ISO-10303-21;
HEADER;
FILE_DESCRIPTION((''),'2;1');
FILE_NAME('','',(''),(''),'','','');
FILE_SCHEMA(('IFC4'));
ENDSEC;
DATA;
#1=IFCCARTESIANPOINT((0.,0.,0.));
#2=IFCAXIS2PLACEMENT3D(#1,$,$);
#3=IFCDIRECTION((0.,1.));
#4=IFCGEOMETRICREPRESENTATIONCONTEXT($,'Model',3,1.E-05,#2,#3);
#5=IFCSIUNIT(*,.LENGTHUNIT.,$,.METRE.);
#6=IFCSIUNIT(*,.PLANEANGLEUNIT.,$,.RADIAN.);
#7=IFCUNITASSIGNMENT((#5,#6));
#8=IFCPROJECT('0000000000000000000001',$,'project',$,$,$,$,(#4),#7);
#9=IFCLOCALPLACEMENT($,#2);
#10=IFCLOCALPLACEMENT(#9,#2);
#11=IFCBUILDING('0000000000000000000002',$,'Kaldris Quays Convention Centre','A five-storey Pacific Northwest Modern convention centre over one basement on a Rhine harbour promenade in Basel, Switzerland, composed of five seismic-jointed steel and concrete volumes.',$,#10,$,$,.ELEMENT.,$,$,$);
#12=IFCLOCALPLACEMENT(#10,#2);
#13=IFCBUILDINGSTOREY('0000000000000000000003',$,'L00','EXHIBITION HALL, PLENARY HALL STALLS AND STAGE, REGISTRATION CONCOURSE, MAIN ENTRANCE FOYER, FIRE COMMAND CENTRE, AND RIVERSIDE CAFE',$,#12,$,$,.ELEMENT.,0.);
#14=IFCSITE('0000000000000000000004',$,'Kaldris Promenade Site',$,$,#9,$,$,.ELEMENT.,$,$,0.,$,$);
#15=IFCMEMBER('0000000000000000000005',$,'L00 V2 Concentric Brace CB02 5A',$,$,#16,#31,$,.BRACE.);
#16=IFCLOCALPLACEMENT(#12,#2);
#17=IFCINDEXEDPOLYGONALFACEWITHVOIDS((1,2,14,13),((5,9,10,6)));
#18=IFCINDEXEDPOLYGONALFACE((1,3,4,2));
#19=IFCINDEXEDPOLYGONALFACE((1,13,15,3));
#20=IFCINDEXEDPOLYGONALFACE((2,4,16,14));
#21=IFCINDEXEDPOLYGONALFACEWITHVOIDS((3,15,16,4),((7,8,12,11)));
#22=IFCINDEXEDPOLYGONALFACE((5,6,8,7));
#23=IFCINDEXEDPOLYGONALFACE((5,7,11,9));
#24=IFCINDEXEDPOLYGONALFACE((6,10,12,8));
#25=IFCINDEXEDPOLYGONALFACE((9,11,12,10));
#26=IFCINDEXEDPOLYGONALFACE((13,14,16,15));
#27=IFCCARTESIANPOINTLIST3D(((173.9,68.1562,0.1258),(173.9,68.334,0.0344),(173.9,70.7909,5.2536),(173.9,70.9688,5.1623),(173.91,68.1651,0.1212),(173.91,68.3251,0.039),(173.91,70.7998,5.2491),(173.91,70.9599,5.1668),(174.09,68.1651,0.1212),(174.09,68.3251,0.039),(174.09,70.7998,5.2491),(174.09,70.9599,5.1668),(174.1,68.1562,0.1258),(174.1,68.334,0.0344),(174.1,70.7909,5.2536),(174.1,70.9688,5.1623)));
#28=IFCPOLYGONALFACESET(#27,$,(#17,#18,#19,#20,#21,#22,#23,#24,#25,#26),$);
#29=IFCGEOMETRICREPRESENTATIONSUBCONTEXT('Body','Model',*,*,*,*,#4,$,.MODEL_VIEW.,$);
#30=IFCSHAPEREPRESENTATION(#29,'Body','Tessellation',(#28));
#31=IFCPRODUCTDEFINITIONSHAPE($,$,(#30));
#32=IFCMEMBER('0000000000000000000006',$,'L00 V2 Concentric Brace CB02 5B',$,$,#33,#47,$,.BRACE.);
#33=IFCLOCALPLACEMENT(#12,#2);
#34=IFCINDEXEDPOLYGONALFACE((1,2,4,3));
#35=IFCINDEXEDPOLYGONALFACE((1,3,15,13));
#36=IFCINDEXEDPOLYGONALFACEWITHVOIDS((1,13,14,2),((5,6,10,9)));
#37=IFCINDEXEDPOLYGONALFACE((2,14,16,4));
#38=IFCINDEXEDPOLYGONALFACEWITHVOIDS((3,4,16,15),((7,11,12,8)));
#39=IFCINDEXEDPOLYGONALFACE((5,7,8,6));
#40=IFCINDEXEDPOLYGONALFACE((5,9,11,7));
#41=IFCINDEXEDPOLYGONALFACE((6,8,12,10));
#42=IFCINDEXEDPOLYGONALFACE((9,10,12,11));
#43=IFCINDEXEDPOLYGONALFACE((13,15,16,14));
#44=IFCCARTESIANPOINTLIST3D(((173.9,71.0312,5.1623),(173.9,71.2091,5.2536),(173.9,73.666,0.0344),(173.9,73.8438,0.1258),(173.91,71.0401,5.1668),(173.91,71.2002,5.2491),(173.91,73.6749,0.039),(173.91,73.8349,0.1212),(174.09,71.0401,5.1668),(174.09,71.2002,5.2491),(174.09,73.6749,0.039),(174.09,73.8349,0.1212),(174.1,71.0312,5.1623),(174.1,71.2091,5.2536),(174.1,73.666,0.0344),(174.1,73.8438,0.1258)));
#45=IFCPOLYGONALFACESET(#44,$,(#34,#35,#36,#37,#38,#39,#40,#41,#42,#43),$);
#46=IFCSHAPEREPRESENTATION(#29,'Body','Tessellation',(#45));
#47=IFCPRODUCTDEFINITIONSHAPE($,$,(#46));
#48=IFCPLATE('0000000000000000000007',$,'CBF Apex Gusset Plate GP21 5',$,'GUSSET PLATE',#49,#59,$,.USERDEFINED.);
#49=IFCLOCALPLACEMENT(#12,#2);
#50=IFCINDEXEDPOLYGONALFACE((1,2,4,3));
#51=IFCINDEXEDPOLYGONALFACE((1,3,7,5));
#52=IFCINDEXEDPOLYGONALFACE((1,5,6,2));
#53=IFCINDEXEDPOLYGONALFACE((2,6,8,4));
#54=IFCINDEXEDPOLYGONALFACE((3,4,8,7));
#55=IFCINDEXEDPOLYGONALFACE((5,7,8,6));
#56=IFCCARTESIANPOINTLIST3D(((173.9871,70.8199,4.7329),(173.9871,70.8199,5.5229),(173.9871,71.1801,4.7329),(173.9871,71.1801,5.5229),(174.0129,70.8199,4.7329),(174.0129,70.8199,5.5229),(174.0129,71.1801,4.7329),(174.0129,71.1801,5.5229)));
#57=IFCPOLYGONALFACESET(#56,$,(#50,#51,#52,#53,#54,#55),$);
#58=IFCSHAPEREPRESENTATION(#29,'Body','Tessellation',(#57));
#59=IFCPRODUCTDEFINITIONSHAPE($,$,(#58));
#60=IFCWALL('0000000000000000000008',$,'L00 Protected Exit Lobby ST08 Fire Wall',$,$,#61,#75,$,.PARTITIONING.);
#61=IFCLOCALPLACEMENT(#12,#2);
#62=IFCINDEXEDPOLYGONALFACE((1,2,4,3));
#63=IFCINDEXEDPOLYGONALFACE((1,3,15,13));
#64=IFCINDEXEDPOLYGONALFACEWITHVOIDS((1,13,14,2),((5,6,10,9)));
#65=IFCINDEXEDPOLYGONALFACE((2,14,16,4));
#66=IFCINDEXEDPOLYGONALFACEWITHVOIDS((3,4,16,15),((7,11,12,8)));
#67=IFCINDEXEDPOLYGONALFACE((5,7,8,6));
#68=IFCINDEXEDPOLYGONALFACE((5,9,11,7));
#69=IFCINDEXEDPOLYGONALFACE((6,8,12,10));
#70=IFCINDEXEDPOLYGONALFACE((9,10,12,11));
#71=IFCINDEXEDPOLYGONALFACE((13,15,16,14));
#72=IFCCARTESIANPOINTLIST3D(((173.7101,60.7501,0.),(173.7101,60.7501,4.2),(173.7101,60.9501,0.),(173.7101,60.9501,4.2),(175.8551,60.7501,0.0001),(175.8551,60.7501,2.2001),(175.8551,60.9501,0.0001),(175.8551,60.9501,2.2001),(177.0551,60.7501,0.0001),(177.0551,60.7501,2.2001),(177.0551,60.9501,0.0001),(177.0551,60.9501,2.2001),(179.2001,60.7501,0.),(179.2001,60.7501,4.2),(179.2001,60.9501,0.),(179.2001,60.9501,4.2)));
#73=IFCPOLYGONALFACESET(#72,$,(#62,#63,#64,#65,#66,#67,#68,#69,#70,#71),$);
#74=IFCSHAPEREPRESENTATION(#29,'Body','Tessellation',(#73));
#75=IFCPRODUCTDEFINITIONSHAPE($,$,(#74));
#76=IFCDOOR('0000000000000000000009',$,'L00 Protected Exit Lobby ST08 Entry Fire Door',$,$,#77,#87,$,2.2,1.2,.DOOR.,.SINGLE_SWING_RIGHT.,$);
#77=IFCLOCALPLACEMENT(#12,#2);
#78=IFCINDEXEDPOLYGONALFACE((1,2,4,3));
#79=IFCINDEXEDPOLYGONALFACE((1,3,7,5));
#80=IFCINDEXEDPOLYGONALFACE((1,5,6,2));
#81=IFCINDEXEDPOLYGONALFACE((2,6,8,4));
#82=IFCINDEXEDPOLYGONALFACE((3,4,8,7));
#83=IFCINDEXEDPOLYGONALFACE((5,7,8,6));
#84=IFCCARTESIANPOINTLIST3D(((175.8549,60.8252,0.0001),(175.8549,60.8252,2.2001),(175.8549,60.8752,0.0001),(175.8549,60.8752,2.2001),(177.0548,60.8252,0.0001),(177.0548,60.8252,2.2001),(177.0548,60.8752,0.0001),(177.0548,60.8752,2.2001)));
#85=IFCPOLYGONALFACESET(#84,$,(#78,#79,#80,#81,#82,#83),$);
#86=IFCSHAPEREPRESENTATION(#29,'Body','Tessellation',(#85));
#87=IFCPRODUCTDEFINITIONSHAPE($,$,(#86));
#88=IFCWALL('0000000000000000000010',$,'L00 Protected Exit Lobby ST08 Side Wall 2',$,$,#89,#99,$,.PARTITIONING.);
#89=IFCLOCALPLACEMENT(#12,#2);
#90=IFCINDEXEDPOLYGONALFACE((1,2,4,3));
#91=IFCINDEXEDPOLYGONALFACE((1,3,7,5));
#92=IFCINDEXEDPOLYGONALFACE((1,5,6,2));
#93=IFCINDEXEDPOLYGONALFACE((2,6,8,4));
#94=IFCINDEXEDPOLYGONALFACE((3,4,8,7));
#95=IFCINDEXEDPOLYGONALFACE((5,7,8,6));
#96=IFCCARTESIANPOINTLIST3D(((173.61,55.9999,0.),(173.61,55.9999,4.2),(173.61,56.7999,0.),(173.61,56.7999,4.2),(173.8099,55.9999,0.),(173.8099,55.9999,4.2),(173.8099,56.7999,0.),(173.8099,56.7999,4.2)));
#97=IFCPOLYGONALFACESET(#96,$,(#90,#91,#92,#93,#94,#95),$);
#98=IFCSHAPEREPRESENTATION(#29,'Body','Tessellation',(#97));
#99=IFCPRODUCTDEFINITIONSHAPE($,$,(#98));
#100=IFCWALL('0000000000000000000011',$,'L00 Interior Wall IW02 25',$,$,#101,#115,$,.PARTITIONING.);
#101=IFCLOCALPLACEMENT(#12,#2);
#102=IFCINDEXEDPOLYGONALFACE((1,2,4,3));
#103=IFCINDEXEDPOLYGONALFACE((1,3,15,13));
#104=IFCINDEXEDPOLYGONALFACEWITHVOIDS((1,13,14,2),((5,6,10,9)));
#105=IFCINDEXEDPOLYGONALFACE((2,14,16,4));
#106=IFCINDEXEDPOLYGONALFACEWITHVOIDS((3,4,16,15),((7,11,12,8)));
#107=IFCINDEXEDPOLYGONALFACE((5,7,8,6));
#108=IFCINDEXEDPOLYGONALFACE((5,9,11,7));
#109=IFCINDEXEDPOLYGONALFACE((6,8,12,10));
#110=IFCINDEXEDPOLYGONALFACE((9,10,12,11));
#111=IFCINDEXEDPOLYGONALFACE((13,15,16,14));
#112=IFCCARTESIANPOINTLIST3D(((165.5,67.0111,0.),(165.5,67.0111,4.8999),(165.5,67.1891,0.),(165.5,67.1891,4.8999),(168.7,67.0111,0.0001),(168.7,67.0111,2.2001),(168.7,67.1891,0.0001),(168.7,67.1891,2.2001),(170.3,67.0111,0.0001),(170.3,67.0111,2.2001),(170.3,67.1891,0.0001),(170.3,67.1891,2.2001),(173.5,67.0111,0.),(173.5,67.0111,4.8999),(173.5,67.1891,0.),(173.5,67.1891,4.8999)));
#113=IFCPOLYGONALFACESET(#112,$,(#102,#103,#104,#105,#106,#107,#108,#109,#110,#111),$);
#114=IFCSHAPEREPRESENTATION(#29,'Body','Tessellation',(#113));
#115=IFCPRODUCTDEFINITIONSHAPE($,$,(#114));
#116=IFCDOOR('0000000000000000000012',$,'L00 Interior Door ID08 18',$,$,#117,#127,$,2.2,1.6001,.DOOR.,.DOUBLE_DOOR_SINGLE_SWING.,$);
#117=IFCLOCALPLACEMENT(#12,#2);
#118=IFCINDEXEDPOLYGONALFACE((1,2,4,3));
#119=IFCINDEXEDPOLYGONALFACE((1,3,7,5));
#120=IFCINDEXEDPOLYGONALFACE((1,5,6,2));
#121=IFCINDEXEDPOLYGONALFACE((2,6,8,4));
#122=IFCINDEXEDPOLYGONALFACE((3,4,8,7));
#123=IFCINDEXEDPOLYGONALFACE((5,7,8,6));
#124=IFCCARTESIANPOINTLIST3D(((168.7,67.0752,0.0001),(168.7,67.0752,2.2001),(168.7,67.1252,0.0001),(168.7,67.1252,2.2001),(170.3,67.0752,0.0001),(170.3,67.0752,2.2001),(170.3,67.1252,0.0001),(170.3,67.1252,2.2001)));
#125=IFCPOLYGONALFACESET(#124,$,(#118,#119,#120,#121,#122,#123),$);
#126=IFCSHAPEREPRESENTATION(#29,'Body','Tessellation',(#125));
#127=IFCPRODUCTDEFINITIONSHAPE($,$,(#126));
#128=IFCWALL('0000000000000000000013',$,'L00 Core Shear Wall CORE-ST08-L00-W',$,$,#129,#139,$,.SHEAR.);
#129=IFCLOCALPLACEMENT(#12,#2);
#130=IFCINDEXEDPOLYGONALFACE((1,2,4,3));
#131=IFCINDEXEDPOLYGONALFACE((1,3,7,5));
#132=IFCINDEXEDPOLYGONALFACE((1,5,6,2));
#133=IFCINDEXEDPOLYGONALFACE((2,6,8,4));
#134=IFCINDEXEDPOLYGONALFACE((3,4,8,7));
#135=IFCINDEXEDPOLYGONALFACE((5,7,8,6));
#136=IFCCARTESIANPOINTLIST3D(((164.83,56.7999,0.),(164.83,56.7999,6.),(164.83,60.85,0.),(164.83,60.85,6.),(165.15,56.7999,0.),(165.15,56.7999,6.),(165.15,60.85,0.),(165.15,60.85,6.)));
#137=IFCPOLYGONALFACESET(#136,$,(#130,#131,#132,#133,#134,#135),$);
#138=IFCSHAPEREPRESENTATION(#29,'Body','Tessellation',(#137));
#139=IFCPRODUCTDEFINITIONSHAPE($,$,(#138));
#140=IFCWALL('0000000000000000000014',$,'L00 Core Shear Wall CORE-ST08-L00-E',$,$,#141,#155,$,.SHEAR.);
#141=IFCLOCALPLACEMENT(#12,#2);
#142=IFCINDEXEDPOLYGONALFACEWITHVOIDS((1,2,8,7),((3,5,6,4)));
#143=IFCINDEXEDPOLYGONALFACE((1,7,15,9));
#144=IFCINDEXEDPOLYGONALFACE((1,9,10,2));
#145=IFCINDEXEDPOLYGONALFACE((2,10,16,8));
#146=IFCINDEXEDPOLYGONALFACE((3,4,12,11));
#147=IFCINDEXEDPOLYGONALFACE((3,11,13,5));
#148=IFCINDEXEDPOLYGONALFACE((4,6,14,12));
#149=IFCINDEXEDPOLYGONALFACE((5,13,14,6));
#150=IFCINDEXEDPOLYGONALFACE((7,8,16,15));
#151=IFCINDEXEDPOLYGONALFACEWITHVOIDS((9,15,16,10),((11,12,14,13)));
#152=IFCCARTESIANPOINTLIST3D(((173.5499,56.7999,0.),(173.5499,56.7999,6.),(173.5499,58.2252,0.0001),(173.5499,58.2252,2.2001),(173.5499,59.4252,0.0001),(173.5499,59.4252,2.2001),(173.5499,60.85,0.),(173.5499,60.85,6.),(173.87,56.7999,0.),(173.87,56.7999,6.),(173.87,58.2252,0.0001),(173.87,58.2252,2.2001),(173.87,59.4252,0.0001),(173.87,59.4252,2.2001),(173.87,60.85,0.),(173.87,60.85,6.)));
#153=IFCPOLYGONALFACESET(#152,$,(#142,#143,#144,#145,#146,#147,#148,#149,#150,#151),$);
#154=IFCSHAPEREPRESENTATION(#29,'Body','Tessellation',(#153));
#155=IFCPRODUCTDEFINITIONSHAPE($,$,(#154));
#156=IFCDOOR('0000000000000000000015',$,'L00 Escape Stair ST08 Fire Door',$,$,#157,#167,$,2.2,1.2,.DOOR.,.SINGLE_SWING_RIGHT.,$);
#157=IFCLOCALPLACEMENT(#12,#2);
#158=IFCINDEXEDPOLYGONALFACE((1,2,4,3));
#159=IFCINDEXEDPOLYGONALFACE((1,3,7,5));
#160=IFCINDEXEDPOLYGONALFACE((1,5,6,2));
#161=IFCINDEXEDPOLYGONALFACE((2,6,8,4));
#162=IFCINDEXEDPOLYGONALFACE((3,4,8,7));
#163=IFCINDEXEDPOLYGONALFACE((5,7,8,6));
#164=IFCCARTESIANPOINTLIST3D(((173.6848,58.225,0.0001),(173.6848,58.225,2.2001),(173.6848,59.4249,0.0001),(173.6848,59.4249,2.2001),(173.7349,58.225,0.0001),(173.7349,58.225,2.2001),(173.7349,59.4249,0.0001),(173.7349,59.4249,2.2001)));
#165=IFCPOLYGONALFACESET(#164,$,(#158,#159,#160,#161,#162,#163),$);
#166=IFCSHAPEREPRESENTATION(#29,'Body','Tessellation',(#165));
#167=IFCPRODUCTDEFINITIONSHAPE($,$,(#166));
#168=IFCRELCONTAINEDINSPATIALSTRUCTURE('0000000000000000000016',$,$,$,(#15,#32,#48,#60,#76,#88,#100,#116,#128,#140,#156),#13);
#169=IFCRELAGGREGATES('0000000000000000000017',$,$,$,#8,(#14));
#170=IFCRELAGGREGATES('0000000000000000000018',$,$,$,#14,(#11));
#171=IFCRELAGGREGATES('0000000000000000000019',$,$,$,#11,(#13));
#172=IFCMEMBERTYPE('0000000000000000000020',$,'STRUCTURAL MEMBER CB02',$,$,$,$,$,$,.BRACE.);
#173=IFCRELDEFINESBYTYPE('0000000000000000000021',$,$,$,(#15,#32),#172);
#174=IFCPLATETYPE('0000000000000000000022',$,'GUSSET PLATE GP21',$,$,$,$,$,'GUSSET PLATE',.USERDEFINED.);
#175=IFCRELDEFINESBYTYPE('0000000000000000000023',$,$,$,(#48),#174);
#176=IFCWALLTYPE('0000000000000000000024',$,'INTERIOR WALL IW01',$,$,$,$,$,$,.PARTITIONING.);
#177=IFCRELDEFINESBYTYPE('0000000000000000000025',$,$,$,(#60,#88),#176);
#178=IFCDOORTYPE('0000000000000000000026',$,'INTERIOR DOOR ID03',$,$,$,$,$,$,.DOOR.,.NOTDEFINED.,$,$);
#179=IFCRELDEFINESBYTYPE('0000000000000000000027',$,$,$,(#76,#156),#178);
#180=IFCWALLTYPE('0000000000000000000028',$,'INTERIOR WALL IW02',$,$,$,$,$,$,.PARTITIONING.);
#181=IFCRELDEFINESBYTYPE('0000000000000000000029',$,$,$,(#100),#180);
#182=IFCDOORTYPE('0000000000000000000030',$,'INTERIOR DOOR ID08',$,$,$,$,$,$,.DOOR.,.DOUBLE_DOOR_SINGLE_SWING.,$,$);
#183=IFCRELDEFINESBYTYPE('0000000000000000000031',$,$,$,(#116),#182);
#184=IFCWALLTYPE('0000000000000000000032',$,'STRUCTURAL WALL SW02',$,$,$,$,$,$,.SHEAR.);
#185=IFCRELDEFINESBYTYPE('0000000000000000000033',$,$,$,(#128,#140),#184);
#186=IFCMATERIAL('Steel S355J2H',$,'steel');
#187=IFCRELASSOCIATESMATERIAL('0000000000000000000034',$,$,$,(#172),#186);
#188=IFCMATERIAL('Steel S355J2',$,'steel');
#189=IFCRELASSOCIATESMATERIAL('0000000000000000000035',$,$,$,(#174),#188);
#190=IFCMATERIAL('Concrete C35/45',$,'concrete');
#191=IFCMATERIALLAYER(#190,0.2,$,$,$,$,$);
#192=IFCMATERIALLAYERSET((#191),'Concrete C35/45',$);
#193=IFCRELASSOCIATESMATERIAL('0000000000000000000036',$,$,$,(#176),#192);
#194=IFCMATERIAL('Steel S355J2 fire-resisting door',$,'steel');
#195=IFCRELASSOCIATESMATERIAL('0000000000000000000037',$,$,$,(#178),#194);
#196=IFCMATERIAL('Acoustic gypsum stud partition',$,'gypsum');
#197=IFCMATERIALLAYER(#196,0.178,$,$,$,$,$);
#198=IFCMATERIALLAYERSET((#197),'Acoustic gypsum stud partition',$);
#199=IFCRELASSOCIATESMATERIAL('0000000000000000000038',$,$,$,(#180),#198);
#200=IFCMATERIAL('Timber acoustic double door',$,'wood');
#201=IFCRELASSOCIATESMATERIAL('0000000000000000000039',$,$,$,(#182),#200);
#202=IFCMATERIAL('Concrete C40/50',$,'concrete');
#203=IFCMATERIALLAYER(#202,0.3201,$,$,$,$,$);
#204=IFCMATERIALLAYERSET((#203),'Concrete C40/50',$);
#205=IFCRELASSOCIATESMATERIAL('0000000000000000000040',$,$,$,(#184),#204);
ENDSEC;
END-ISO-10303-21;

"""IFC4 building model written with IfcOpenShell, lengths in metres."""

from ifc_helpers import new_model, si_unit, direction, frame, frame_2d, origin, origin_2d, place, context, subcontext, project, spatial, rectangle, hollow_rectangle, extrude, material, layer, layer_set, material_profile, profile_set, type_object, element, fill, save


model = new_model("IFC4")

# Units and contexts
model_context = context("Model", 3, precision=1e-05, world=origin(), true_north=direction((0.0, 1.0)))
body_context = subcontext(model_context, "Body", "Model", "MODEL_VIEW")
ifc_project = project(units=[si_unit("LENGTHUNIT", "METRE"), si_unit("PLANEANGLEUNIT", "RADIAN")], contexts=[model_context])

# Site, building, storey
site_placement = place(None, origin())
site = spatial("IfcSite", under=ifc_project, at=site_placement, Name="Kaldris Promenade Site", CompositionType="ELEMENT", RefElevation=0.0)
building_placement = place(site_placement, origin())
building = spatial("IfcBuilding", under=site, at=building_placement, Name="Kaldris Quays Convention Centre", Description="A five-storey Pacific Northwest Modern convention centre over one basement on a Rhine harbour promenade in Basel, Switzerland, composed of five seismic-jointed steel and concrete volumes.", CompositionType="ELEMENT")
storey_placement = place(building_placement, origin())
storey = spatial("IfcBuildingStorey", under=building, at=storey_placement, Name="L00", Description="EXHIBITION HALL, PLENARY HALL STALLS AND STAGE, REGISTRATION CONCOURSE, MAIN ENTRANCE FOYER, FIRE COMMAND CENTRE, AND RIVERSIDE CAFE", CompositionType="ELEMENT", Elevation=0.0)

# Shared definitions
ifc_material_1 = material(Name="Steel S355J2", Category="steel")

# Members
ifc_material_2 = material(Name="Steel S355J2H", Category="steel")
ifc_material_profile_1 = material_profile(ifc_material_2, hollow_rectangle(XDim=0.2, YDim=0.2, WallThickness=0.01, at=origin_2d()), Name="SHS 200x200x10")
ifc_profile_set_1 = profile_set([ifc_material_profile_1], Name="Steel S355J2H")
member_type = type_object("IfcMemberType", Name="STRUCTURAL MEMBER CB02", PredefinedType="BRACE", material=ifc_profile_set_1)
for number, where, z_axis, x_axis, name in (
    (1, (174.0, 68.2451, 0.0801), (0.0, 0.457011, 0.889461), (-1.0, 0.0, 0.0), "L00 V2 Concentric Brace CB02 5A"),
    (2, (174.0, 73.7549, 0.0801), (0.0, -0.457011, 0.889461), (1.0, 0.0, 0.0), "L00 V2 Concentric Brace CB02 5B"),
):
    element("IfcMember", number, at=place(storey_placement, frame(where, z_axis=z_axis, x_axis=x_axis)), inside=storey, type_object=member_type, Name=name, PredefinedType="BRACE", context=body_context, shape_type="SweptSolid", body=[
        extrude(hollow_rectangle(XDim=0.2, YDim=0.2, WallThickness=0.01, at=origin_2d()), origin(), (0.0, 0.0, 1.0), 5.7651),
    ])

# Plate
plate_type = type_object("IfcPlateType", Name="GUSSET PLATE GP21", ElementType="GUSSET PLATE", PredefinedType="USERDEFINED", material=ifc_material_1)
plate_placement = place(storey_placement, frame((174.0, 71.0, 4.7329), z_axis=(0.0, 0.0, 1.0), x_axis=(1.0, 0.0, 0.0)))
element("IfcPlate", 3, at=plate_placement, inside=storey, type_object=plate_type, Name="CBF Apex Gusset Plate GP21 5", ObjectType="GUSSET PLATE", PredefinedType="USERDEFINED", context=body_context, shape_type="SweptSolid", body=[
    extrude(rectangle(XDim=0.0259, YDim=0.3601, at=origin_2d()), origin(), (0.0, 0.0, 1.0), 0.79),
])

# Wall, opening, door
ifc_material_3 = material(Name="Concrete C35/45", Category="concrete")
ifc_layer_1 = layer(ifc_material_3, 0.2)
ifc_layer_set_1 = layer_set([ifc_layer_1], Name="Concrete C35/45")
wall_type_1 = type_object("IfcWallType", Name="INTERIOR WALL IW01", PredefinedType="PARTITIONING", material=ifc_layer_set_1)
wall_1_placement = place(storey_placement, frame((173.71, 60.8501, 0.0), z_axis=(0.0, 0.0, 1.0), x_axis=(1.0, 0.0, 0.0)))
wall_1 = element("IfcWall", 4, at=wall_1_placement, inside=storey, type_object=wall_type_1, Name="L00 Protected Exit Lobby ST08 Fire Wall", PredefinedType="PARTITIONING", context=body_context, shape_type="SweptSolid", body=[
    extrude(rectangle(XDim=5.49, YDim=0.2, at=frame_2d((2.7451, 0.0))), origin(), (0.0, 0.0, 1.0), 4.2),
])
opening_1_placement = place(wall_1_placement, frame((2.145, 0.0, 0.0)))
opening_1 = element("IfcOpeningElement", 5, at=opening_1_placement, cuts=wall_1, PredefinedType="OPENING", context=body_context, shape_type="SweptSolid", body=[
    extrude(rectangle(XDim=1.2, YDim=2.2, at=frame_2d((0.6001, 1.1001))), frame((0.0, 0.1099, 0.0), z_axis=(0.0, -1.0, 0.0), x_axis=(1.0, 0.0, 0.0)), (0.0, 0.0, 1.0), 0.22),
])
ifc_material_4 = material(Name="Steel S355J2 fire-resisting door", Category="steel")
door_type_1 = type_object("IfcDoorType", Name="INTERIOR DOOR ID03", OperationType="NOTDEFINED", PredefinedType="DOOR", material=ifc_material_4)
door_1_placement = place(opening_1_placement, frame((1.2, 0.0, 0.0), z_axis=(0.0, 0.0, 1.0), x_axis=(-1.0, 0.0, 0.0)))
door_1 = element("IfcDoor", 6, at=door_1_placement, inside=storey, type_object=door_type_1, Name="L00 Protected Exit Lobby ST08 Entry Fire Door", OperationType="SINGLE_SWING_RIGHT", OverallHeight=2.2, OverallWidth=1.2, PredefinedType="DOOR", context=body_context, shape_type="SweptSolid", body=[
    extrude(rectangle(XDim=1.2, YDim=2.2, at=frame_2d((0.6001, 1.1001))), frame((0.0, 0.0249, 0.0), z_axis=(0.0, -1.0, 0.0), x_axis=(1.0, 0.0, 0.0)), (0.0, 0.0, 1.0), 0.05),
])
fill(opening_1, door_1)

# Wall
wall_2_placement = place(storey_placement, frame((173.71, 56.0, 0.0), z_axis=(0.0, 0.0, 1.0), x_axis=(0.0, 1.0, 0.0)))
element("IfcWall", 7, at=wall_2_placement, inside=storey, type_object=wall_type_1, Name="L00 Protected Exit Lobby ST08 Side Wall 2", PredefinedType="PARTITIONING", context=body_context, shape_type="SweptSolid", body=[
    extrude(rectangle(XDim=0.8, YDim=0.2, at=frame_2d((0.3999, 0.0))), origin(), (0.0, 0.0, 1.0), 4.2),
])

# Wall, opening, door
ifc_material_5 = material(Name="Acoustic gypsum stud partition", Category="gypsum")
ifc_layer_2 = layer(ifc_material_5, 0.178)
ifc_layer_set_2 = layer_set([ifc_layer_2], Name="Acoustic gypsum stud partition")
wall_type_2 = type_object("IfcWallType", Name="INTERIOR WALL IW02", PredefinedType="PARTITIONING", material=ifc_layer_set_2)
wall_3_placement = place(storey_placement, frame((165.5, 67.1001, 0.0), z_axis=(0.0, 0.0, 1.0), x_axis=(1.0, 0.0, 0.0)))
wall_3 = element("IfcWall", 8, at=wall_3_placement, inside=storey, type_object=wall_type_2, Name="L00 Interior Wall IW02 25", PredefinedType="PARTITIONING", context=body_context, shape_type="SweptSolid", body=[
    extrude(rectangle(XDim=8.0, YDim=0.178, at=frame_2d((4.0, 0.0))), origin(), (0.0, 0.0, 1.0), 4.8999),
])
opening_2_placement = place(wall_3_placement, frame((3.2, 0.0, 0.0)))
opening_2 = element("IfcOpeningElement", 9, at=opening_2_placement, cuts=wall_3, PredefinedType="OPENING", context=body_context, shape_type="SweptSolid", body=[
    extrude(rectangle(XDim=1.6001, YDim=2.2, at=frame_2d((0.8, 1.1001))), frame((0.0, 0.0991, 0.0), z_axis=(0.0, -1.0, 0.0), x_axis=(1.0, 0.0, 0.0)), (0.0, 0.0, 1.0), 0.198),
])
ifc_material_6 = material(Name="Timber acoustic double door", Category="wood")
door_type_2 = type_object("IfcDoorType", Name="INTERIOR DOOR ID08", OperationType="DOUBLE_DOOR_SINGLE_SWING", PredefinedType="DOOR", material=ifc_material_6)
door_2_placement = place(opening_2_placement, frame((1.6001, 0.0, 0.0), z_axis=(0.0, 0.0, 1.0), x_axis=(-1.0, 0.0, 0.0)))
door_2 = element("IfcDoor", 10, at=door_2_placement, inside=storey, type_object=door_type_2, Name="L00 Interior Door ID08 18", OperationType="DOUBLE_DOOR_SINGLE_SWING", OverallHeight=2.2, OverallWidth=1.6001, PredefinedType="DOOR", context=body_context, shape_type="SweptSolid", body=[
    extrude(rectangle(XDim=1.6001, YDim=2.2, at=frame_2d((0.8, 1.1001))), frame((0.0, 0.0249, 0.0), z_axis=(0.0, -1.0, 0.0), x_axis=(1.0, 0.0, 0.0)), (0.0, 0.0, 1.0), 0.05),
])
fill(opening_2, door_2)

# Wall
ifc_material_7 = material(Name="Concrete C40/50", Category="concrete")
ifc_layer_3 = layer(ifc_material_7, 0.3201)
ifc_layer_set_3 = layer_set([ifc_layer_3], Name="Concrete C40/50")
wall_type_3 = type_object("IfcWallType", Name="STRUCTURAL WALL SW02", PredefinedType="SHEAR", material=ifc_layer_set_3)
wall_4_placement = place(storey_placement, frame((164.99, 56.8, 0.0), z_axis=(0.0, 0.0, 1.0), x_axis=(0.0, 1.0, 0.0)))
element("IfcWall", 11, at=wall_4_placement, inside=storey, type_object=wall_type_3, Name="L00 Core Shear Wall CORE-ST08-L00-W", PredefinedType="SHEAR", context=body_context, shape_type="SweptSolid", body=[
    extrude(rectangle(XDim=4.05, YDim=0.3201, at=frame_2d((2.0249, 0.0))), origin(), (0.0, 0.0, 1.0), 6.0),
])

# Wall, opening, door
wall_5_placement = place(storey_placement, frame((173.71, 56.8, 0.0), z_axis=(0.0, 0.0, 1.0), x_axis=(0.0, 1.0, 0.0)))
wall_5 = element("IfcWall", 12, at=wall_5_placement, inside=storey, type_object=wall_type_3, Name="L00 Core Shear Wall CORE-ST08-L00-E", PredefinedType="SHEAR", context=body_context, shape_type="SweptSolid", body=[
    extrude(rectangle(XDim=4.05, YDim=0.3201, at=frame_2d((2.0249, 0.0))), origin(), (0.0, 0.0, 1.0), 6.0),
])
opening_3_placement = place(wall_5_placement, frame((1.425, 0.0, 0.0)))
opening_3 = element("IfcOpeningElement", 13, at=opening_3_placement, cuts=wall_5, PredefinedType="OPENING", context=body_context, shape_type="SweptSolid", body=[
    extrude(rectangle(XDim=1.2, YDim=2.2, at=frame_2d((0.6001, 1.1001))), frame((0.0, 0.1699, 0.0), z_axis=(0.0, -1.0, 0.0), x_axis=(1.0, 0.0, 0.0)), (0.0, 0.0, 1.0), 0.3401),
])
door_3_placement = place(opening_3_placement, frame((1.2, 0.0, 0.0), z_axis=(0.0, 0.0, 1.0), x_axis=(-1.0, 0.0, 0.0)))
door_3 = element("IfcDoor", 14, at=door_3_placement, inside=storey, type_object=door_type_1, Name="L00 Escape Stair ST08 Fire Door", OperationType="SINGLE_SWING_RIGHT", OverallHeight=2.2, OverallWidth=1.2, PredefinedType="DOOR", context=body_context, shape_type="SweptSolid", body=[
    extrude(rectangle(XDim=1.2, YDim=2.2, at=frame_2d((0.6001, 1.1001))), frame((0.0, 0.0249, 0.0), z_axis=(0.0, -1.0, 0.0), x_axis=(1.0, 0.0, 0.0)), (0.0, 0.0, 1.0), 0.05),
])
fill(opening_3, door_3)

save(model, "model.ifc")
